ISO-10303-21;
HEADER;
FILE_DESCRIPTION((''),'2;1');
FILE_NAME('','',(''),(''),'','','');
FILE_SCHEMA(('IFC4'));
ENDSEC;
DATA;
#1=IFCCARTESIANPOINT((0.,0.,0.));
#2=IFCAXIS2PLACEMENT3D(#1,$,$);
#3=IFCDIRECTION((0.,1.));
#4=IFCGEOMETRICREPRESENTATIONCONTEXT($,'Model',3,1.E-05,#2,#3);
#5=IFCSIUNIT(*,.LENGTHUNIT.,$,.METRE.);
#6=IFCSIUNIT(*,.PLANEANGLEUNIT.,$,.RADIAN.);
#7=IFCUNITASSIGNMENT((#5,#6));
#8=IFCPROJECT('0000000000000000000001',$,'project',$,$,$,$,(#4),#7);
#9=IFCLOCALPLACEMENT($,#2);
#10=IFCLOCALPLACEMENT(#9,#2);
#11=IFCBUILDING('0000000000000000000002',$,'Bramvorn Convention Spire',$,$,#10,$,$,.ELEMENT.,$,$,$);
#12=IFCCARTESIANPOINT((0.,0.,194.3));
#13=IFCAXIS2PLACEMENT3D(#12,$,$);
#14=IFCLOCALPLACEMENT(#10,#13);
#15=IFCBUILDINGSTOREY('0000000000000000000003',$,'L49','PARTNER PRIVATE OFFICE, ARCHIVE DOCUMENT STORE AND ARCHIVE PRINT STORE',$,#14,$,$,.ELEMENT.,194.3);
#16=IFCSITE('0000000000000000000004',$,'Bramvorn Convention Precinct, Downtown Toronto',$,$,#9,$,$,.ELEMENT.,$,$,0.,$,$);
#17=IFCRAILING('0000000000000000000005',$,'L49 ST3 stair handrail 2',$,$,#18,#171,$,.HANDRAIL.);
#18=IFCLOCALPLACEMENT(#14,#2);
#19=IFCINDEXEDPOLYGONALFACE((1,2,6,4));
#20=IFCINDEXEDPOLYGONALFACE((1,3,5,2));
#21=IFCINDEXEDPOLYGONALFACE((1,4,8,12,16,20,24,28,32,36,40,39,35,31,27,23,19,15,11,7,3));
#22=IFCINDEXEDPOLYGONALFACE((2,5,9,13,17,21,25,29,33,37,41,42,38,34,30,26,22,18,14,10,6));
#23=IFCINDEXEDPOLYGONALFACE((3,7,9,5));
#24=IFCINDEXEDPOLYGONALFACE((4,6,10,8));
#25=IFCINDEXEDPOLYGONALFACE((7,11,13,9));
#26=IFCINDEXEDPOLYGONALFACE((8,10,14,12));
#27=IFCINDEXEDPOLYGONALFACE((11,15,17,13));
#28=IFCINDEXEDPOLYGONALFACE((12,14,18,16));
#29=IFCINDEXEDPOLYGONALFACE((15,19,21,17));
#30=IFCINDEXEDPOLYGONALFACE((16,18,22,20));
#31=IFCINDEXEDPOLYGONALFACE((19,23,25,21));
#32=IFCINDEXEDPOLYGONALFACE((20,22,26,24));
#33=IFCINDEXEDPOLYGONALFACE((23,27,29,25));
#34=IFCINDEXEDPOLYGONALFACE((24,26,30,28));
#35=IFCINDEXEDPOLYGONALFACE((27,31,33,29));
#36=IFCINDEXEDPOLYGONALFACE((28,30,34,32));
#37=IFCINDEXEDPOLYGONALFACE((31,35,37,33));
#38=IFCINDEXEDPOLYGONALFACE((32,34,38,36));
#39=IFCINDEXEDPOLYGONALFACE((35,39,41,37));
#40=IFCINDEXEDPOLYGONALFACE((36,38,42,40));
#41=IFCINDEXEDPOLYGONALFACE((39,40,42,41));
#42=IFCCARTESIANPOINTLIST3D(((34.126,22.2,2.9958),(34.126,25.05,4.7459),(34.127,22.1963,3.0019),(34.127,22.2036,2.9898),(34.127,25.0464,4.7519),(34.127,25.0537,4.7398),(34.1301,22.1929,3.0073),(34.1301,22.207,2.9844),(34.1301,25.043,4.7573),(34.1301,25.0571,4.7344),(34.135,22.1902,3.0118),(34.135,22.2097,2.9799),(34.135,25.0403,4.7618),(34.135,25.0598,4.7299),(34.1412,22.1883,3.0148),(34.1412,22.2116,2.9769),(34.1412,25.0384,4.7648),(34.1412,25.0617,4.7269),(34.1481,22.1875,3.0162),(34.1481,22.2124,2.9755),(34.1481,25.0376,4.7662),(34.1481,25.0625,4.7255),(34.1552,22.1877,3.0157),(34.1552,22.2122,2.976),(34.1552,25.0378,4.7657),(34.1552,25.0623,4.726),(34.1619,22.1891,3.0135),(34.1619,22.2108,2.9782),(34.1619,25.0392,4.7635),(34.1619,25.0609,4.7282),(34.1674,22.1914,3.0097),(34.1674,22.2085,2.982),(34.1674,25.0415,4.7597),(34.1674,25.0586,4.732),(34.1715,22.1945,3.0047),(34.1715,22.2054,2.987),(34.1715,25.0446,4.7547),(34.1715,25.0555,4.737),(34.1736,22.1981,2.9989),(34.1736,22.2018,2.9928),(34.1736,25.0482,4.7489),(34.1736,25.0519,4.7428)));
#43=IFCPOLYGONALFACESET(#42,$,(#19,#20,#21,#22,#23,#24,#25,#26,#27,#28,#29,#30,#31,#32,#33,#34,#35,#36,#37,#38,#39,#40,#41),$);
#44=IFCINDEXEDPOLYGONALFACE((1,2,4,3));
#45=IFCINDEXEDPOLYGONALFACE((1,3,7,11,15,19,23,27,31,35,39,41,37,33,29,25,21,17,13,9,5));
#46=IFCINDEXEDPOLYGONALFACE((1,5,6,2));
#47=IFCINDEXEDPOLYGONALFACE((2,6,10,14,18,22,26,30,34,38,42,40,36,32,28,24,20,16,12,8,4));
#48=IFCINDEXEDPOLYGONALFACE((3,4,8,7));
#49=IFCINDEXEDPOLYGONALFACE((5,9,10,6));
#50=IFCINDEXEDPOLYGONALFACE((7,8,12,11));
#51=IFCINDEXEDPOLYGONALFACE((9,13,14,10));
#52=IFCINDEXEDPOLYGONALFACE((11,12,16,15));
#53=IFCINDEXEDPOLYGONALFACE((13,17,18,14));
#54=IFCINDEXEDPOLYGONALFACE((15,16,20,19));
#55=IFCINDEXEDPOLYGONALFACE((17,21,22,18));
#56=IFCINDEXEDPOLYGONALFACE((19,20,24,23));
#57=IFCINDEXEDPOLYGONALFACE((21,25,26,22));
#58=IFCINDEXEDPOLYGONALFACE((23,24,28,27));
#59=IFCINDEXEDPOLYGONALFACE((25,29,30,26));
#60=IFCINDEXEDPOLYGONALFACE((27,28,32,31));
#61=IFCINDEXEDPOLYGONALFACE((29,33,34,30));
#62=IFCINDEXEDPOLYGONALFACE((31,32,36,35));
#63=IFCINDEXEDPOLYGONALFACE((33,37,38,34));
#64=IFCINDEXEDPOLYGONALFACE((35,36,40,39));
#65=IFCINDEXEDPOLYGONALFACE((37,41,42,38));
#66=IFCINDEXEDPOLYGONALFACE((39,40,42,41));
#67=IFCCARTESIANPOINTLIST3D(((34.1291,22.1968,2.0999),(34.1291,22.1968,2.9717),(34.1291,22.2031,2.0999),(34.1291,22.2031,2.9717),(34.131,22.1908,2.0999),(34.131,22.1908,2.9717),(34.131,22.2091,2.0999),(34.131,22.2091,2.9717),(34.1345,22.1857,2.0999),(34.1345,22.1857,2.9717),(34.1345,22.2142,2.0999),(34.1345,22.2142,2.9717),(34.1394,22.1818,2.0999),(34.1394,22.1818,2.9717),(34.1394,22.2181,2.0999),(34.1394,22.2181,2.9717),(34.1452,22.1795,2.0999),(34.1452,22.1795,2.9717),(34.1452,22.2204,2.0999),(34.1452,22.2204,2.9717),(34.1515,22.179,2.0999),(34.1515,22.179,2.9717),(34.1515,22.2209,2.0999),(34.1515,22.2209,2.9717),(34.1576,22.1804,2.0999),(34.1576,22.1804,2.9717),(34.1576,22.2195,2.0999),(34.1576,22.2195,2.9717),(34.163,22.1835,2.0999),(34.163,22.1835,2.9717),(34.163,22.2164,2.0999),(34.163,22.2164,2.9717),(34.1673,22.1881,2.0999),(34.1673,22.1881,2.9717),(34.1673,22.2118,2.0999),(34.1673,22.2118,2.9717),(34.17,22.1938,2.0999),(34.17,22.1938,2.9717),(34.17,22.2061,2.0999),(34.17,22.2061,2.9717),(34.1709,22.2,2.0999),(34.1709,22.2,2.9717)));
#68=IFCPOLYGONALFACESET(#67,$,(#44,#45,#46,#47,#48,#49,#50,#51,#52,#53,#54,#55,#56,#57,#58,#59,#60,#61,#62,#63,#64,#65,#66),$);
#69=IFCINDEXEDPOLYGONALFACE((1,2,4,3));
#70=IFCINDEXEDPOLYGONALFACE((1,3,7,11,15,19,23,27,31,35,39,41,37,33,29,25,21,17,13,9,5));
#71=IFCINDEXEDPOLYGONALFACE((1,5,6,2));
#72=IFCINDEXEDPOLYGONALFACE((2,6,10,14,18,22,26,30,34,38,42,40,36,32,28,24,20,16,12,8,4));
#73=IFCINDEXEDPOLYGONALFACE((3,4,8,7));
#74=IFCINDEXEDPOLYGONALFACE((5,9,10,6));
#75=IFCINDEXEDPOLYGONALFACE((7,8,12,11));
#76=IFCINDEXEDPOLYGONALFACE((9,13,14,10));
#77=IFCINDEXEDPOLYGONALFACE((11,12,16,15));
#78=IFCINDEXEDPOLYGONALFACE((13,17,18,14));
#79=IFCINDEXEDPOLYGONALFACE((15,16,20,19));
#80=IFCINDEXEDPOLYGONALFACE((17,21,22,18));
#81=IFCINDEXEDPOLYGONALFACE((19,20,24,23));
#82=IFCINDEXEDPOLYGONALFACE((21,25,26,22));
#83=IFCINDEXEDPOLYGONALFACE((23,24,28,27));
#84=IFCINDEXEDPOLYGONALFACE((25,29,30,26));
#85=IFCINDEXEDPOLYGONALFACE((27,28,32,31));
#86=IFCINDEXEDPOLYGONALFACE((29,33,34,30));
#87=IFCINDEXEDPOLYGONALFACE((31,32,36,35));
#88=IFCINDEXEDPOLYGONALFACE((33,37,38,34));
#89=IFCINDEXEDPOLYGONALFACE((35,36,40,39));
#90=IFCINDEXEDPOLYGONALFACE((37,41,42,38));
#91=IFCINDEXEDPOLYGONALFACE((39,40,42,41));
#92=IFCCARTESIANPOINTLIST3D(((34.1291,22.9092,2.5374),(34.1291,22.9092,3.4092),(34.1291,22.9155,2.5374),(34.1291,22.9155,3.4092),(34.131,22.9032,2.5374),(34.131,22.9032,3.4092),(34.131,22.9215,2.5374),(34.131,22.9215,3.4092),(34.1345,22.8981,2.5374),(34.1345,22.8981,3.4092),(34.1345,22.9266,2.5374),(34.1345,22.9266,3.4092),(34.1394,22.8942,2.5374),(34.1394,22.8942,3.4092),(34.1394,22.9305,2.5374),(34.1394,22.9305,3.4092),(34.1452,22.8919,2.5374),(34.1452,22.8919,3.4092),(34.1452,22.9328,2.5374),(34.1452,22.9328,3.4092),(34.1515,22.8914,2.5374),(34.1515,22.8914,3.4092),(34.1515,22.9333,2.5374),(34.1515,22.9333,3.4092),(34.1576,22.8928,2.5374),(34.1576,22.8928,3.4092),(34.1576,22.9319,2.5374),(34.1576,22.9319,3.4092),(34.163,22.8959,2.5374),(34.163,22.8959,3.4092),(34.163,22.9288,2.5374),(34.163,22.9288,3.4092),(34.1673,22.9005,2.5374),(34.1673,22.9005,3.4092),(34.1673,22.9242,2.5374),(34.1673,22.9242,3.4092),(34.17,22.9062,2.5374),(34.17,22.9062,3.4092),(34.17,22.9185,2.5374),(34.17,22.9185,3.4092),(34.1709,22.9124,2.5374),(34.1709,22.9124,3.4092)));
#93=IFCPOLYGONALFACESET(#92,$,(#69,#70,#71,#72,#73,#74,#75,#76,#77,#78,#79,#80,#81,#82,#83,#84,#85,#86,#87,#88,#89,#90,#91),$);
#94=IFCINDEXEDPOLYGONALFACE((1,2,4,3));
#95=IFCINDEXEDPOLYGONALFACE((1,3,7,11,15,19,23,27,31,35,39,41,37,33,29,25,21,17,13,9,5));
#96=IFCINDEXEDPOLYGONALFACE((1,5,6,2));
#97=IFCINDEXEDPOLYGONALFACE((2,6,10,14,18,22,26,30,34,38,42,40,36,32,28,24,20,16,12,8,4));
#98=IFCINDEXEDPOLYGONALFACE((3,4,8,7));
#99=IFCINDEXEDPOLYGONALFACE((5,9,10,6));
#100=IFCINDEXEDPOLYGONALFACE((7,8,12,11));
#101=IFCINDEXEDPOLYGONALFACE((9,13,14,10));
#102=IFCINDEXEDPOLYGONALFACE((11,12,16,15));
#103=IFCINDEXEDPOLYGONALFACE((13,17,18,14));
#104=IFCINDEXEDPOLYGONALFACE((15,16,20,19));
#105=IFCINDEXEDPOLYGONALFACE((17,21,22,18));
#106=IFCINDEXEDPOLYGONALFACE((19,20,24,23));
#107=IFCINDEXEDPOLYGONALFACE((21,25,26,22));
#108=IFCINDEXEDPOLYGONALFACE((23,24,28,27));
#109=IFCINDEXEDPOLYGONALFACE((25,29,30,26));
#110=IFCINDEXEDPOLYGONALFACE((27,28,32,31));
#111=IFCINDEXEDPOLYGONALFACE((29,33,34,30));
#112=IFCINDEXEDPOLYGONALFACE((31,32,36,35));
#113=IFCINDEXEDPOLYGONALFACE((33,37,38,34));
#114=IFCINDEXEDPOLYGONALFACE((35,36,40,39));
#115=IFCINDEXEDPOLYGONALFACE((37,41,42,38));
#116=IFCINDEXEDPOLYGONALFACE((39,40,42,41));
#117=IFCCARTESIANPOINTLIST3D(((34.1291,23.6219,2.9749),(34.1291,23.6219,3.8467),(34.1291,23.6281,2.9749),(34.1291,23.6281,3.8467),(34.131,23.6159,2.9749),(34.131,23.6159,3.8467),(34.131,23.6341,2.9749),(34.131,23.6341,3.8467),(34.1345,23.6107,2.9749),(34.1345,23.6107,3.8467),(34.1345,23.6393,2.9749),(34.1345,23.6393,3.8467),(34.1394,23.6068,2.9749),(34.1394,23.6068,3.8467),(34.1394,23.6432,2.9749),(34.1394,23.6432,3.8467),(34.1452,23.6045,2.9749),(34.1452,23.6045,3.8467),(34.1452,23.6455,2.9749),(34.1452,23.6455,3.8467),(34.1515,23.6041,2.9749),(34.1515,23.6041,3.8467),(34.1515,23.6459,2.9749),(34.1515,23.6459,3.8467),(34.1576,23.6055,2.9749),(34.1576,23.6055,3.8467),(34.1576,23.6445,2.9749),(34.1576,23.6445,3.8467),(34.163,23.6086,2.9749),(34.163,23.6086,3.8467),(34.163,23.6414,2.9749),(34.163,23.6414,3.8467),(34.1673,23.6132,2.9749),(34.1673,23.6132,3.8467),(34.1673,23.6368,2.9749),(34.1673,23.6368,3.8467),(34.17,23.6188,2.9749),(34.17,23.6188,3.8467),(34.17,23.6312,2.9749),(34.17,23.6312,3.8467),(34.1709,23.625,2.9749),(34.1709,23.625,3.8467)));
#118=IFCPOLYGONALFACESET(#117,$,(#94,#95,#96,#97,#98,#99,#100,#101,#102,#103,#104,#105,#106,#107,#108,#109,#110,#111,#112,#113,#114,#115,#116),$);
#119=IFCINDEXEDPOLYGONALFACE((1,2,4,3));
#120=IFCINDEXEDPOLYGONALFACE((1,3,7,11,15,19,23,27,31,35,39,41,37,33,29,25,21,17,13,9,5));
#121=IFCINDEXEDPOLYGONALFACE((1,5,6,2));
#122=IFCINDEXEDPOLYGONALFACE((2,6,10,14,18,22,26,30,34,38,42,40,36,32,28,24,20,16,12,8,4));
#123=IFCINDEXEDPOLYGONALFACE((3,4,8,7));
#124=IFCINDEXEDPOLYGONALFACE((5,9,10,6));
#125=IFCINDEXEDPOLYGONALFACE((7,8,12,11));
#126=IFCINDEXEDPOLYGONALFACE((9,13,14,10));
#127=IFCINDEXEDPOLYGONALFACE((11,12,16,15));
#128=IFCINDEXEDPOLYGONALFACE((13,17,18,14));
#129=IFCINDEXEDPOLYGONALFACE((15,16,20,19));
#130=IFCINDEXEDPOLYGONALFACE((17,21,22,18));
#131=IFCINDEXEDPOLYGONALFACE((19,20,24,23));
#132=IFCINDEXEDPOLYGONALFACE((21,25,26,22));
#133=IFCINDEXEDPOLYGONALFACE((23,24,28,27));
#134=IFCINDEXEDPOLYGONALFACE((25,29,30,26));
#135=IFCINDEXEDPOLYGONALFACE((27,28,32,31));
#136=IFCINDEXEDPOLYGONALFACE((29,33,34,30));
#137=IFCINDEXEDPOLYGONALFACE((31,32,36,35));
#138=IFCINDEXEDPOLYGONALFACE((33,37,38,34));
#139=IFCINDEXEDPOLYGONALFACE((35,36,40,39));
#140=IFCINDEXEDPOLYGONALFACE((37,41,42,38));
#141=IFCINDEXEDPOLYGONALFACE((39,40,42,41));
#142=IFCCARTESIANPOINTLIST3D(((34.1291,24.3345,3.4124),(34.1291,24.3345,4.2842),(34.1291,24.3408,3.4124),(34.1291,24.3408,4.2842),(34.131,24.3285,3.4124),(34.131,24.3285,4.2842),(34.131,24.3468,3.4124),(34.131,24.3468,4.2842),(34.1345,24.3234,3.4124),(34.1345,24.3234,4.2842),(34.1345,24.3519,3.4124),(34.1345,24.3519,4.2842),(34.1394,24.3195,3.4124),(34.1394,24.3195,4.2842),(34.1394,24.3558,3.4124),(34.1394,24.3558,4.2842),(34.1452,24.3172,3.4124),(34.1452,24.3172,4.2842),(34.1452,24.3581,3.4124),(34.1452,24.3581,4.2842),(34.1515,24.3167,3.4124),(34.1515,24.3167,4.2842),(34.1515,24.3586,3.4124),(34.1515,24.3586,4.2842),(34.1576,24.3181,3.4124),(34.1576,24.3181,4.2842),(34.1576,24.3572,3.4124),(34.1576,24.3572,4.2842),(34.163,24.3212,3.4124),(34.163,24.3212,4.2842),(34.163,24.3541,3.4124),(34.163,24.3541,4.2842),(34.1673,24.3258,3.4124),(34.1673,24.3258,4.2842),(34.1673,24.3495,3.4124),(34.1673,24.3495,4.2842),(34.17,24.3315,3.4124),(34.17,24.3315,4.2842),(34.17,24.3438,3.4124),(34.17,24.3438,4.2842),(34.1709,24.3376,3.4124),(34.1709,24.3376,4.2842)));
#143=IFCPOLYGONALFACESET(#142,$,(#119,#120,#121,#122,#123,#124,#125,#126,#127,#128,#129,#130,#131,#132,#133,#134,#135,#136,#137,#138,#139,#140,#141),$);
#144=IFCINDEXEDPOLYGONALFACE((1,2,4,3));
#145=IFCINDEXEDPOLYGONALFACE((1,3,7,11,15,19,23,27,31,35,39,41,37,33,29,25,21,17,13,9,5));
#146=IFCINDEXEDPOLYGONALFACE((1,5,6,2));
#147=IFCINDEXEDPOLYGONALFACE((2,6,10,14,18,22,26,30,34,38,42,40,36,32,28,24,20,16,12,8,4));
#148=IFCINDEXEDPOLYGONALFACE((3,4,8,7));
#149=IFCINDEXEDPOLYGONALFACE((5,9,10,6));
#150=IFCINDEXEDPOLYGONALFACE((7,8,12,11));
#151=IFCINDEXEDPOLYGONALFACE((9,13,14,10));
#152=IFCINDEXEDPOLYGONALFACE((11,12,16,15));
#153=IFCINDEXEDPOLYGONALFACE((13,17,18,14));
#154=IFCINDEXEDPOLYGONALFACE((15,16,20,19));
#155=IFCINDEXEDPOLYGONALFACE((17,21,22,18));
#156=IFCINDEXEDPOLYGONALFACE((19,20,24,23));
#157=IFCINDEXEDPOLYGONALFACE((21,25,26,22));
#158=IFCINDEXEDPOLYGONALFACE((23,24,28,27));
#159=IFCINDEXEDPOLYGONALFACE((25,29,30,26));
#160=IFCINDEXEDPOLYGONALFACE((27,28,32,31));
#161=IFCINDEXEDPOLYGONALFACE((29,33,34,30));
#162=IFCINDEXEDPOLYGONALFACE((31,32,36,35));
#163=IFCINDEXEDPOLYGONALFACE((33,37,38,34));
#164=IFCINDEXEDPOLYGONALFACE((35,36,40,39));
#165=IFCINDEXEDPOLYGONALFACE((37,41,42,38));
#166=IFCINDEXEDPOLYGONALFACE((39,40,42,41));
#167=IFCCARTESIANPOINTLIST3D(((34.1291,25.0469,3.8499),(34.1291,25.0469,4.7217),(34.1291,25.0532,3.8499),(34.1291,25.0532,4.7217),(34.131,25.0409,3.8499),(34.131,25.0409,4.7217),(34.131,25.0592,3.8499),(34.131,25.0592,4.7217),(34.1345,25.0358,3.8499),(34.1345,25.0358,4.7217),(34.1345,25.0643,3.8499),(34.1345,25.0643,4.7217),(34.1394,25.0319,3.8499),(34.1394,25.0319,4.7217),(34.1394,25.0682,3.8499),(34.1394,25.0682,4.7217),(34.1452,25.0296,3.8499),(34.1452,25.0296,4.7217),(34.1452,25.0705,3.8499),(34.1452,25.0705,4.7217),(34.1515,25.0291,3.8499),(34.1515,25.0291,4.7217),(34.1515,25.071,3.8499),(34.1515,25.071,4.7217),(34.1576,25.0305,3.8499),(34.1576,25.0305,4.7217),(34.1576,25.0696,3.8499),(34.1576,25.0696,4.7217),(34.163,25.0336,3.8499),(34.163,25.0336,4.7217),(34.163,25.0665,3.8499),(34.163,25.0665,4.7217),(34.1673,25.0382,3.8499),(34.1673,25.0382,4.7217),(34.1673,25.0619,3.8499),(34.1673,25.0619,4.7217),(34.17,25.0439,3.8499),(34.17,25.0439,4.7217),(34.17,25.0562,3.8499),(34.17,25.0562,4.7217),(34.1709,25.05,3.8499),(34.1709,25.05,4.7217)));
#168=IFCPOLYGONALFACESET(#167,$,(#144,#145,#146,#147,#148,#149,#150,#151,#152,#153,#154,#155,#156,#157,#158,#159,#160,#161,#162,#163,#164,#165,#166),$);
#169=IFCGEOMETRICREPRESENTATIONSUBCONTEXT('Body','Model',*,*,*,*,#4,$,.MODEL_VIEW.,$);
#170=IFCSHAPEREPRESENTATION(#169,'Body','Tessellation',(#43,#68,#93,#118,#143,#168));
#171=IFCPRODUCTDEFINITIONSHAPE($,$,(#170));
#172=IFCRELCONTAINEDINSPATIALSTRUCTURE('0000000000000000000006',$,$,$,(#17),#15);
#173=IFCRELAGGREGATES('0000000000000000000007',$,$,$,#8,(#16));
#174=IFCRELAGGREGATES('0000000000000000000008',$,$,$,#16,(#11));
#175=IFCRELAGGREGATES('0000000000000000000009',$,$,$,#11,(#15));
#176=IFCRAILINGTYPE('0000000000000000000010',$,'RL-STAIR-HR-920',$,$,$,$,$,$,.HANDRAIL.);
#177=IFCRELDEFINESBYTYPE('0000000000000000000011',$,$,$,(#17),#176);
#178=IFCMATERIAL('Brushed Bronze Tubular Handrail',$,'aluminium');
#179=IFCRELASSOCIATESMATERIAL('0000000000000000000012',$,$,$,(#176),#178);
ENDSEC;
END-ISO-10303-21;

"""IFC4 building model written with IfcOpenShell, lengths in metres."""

from ifc_helpers import new_model, si_unit, direction, frame, origin, origin_2d, place, context, subcontext, project, spatial, circle, extrude, material, type_object, element, save


model = new_model("IFC4")

# Units and contexts
model_context = context("Model", 3, precision=1e-05, world=origin(), true_north=direction((0.0, 1.0)))
body_context = subcontext(model_context, "Body", "Model", "MODEL_VIEW")
ifc_project = project(units=[si_unit("LENGTHUNIT", "METRE"), si_unit("PLANEANGLEUNIT", "RADIAN")], contexts=[model_context])

# Site, building, storey
site_placement = place(None, origin())
site = spatial("IfcSite", under=ifc_project, at=site_placement, Name="Bramvorn Convention Precinct, Downtown Toronto", CompositionType="ELEMENT", RefElevation=0.0)
building_placement = place(site_placement, origin())
building = spatial("IfcBuilding", under=site, at=building_placement, Name="Bramvorn Convention Spire", CompositionType="ELEMENT")
storey_placement = place(building_placement, frame((0.0, 0.0, 194.3)))
storey = spatial("IfcBuildingStorey", under=building, at=storey_placement, Name="L49", Description="PARTNER PRIVATE OFFICE, ARCHIVE DOCUMENT STORE AND ARCHIVE PRINT STORE", CompositionType="ELEMENT", Elevation=194.3)

# Railing
ifc_material_1 = material(Name="Brushed Bronze Tubular Handrail", Category="aluminium")
railing_type_1 = type_object("IfcRailingType", Name="RL-STAIR-HR-920", PredefinedType="HANDRAIL", material=ifc_material_1)
railing_1_placement = place(storey_placement, frame((34.1499, 22.2, 2.0999)))
element("IfcRailing", 1, at=railing_1_placement, inside=storey, type_object=railing_type_1, Name="L49 ST3 stair handrail 2", PredefinedType="HANDRAIL", context=body_context, shape_type="SweptSolid", body=[
    extrude(circle(Radius=0.0239, at=origin_2d()), frame((0.0, 0.0, 0.896), z_axis=(0.0, 0.852179, 0.52325), x_axis=(-1.0, 0.0, 0.0)), (0.0, 0.0, 1.0), 3.3445),
    extrude(circle(Radius=0.021, at=origin_2d()), origin(), (0.0, 0.0, 1.0), 0.8718),
    extrude(circle(Radius=0.021, at=origin_2d()), frame((0.0, 0.7124, 0.4375)), (0.0, 0.0, 1.0), 0.8718),
    extrude(circle(Radius=0.021, at=origin_2d()), frame((0.0, 1.425, 0.875)), (0.0, 0.0, 1.0), 0.8718),
    extrude(circle(Radius=0.021, at=origin_2d()), frame((0.0, 2.1377, 1.3125)), (0.0, 0.0, 1.0), 0.8718),
    extrude(circle(Radius=0.021, at=origin_2d()), frame((0.0, 2.8501, 1.75)), (0.0, 0.0, 1.0), 0.8718),
])

save(model, "model.ifc")
